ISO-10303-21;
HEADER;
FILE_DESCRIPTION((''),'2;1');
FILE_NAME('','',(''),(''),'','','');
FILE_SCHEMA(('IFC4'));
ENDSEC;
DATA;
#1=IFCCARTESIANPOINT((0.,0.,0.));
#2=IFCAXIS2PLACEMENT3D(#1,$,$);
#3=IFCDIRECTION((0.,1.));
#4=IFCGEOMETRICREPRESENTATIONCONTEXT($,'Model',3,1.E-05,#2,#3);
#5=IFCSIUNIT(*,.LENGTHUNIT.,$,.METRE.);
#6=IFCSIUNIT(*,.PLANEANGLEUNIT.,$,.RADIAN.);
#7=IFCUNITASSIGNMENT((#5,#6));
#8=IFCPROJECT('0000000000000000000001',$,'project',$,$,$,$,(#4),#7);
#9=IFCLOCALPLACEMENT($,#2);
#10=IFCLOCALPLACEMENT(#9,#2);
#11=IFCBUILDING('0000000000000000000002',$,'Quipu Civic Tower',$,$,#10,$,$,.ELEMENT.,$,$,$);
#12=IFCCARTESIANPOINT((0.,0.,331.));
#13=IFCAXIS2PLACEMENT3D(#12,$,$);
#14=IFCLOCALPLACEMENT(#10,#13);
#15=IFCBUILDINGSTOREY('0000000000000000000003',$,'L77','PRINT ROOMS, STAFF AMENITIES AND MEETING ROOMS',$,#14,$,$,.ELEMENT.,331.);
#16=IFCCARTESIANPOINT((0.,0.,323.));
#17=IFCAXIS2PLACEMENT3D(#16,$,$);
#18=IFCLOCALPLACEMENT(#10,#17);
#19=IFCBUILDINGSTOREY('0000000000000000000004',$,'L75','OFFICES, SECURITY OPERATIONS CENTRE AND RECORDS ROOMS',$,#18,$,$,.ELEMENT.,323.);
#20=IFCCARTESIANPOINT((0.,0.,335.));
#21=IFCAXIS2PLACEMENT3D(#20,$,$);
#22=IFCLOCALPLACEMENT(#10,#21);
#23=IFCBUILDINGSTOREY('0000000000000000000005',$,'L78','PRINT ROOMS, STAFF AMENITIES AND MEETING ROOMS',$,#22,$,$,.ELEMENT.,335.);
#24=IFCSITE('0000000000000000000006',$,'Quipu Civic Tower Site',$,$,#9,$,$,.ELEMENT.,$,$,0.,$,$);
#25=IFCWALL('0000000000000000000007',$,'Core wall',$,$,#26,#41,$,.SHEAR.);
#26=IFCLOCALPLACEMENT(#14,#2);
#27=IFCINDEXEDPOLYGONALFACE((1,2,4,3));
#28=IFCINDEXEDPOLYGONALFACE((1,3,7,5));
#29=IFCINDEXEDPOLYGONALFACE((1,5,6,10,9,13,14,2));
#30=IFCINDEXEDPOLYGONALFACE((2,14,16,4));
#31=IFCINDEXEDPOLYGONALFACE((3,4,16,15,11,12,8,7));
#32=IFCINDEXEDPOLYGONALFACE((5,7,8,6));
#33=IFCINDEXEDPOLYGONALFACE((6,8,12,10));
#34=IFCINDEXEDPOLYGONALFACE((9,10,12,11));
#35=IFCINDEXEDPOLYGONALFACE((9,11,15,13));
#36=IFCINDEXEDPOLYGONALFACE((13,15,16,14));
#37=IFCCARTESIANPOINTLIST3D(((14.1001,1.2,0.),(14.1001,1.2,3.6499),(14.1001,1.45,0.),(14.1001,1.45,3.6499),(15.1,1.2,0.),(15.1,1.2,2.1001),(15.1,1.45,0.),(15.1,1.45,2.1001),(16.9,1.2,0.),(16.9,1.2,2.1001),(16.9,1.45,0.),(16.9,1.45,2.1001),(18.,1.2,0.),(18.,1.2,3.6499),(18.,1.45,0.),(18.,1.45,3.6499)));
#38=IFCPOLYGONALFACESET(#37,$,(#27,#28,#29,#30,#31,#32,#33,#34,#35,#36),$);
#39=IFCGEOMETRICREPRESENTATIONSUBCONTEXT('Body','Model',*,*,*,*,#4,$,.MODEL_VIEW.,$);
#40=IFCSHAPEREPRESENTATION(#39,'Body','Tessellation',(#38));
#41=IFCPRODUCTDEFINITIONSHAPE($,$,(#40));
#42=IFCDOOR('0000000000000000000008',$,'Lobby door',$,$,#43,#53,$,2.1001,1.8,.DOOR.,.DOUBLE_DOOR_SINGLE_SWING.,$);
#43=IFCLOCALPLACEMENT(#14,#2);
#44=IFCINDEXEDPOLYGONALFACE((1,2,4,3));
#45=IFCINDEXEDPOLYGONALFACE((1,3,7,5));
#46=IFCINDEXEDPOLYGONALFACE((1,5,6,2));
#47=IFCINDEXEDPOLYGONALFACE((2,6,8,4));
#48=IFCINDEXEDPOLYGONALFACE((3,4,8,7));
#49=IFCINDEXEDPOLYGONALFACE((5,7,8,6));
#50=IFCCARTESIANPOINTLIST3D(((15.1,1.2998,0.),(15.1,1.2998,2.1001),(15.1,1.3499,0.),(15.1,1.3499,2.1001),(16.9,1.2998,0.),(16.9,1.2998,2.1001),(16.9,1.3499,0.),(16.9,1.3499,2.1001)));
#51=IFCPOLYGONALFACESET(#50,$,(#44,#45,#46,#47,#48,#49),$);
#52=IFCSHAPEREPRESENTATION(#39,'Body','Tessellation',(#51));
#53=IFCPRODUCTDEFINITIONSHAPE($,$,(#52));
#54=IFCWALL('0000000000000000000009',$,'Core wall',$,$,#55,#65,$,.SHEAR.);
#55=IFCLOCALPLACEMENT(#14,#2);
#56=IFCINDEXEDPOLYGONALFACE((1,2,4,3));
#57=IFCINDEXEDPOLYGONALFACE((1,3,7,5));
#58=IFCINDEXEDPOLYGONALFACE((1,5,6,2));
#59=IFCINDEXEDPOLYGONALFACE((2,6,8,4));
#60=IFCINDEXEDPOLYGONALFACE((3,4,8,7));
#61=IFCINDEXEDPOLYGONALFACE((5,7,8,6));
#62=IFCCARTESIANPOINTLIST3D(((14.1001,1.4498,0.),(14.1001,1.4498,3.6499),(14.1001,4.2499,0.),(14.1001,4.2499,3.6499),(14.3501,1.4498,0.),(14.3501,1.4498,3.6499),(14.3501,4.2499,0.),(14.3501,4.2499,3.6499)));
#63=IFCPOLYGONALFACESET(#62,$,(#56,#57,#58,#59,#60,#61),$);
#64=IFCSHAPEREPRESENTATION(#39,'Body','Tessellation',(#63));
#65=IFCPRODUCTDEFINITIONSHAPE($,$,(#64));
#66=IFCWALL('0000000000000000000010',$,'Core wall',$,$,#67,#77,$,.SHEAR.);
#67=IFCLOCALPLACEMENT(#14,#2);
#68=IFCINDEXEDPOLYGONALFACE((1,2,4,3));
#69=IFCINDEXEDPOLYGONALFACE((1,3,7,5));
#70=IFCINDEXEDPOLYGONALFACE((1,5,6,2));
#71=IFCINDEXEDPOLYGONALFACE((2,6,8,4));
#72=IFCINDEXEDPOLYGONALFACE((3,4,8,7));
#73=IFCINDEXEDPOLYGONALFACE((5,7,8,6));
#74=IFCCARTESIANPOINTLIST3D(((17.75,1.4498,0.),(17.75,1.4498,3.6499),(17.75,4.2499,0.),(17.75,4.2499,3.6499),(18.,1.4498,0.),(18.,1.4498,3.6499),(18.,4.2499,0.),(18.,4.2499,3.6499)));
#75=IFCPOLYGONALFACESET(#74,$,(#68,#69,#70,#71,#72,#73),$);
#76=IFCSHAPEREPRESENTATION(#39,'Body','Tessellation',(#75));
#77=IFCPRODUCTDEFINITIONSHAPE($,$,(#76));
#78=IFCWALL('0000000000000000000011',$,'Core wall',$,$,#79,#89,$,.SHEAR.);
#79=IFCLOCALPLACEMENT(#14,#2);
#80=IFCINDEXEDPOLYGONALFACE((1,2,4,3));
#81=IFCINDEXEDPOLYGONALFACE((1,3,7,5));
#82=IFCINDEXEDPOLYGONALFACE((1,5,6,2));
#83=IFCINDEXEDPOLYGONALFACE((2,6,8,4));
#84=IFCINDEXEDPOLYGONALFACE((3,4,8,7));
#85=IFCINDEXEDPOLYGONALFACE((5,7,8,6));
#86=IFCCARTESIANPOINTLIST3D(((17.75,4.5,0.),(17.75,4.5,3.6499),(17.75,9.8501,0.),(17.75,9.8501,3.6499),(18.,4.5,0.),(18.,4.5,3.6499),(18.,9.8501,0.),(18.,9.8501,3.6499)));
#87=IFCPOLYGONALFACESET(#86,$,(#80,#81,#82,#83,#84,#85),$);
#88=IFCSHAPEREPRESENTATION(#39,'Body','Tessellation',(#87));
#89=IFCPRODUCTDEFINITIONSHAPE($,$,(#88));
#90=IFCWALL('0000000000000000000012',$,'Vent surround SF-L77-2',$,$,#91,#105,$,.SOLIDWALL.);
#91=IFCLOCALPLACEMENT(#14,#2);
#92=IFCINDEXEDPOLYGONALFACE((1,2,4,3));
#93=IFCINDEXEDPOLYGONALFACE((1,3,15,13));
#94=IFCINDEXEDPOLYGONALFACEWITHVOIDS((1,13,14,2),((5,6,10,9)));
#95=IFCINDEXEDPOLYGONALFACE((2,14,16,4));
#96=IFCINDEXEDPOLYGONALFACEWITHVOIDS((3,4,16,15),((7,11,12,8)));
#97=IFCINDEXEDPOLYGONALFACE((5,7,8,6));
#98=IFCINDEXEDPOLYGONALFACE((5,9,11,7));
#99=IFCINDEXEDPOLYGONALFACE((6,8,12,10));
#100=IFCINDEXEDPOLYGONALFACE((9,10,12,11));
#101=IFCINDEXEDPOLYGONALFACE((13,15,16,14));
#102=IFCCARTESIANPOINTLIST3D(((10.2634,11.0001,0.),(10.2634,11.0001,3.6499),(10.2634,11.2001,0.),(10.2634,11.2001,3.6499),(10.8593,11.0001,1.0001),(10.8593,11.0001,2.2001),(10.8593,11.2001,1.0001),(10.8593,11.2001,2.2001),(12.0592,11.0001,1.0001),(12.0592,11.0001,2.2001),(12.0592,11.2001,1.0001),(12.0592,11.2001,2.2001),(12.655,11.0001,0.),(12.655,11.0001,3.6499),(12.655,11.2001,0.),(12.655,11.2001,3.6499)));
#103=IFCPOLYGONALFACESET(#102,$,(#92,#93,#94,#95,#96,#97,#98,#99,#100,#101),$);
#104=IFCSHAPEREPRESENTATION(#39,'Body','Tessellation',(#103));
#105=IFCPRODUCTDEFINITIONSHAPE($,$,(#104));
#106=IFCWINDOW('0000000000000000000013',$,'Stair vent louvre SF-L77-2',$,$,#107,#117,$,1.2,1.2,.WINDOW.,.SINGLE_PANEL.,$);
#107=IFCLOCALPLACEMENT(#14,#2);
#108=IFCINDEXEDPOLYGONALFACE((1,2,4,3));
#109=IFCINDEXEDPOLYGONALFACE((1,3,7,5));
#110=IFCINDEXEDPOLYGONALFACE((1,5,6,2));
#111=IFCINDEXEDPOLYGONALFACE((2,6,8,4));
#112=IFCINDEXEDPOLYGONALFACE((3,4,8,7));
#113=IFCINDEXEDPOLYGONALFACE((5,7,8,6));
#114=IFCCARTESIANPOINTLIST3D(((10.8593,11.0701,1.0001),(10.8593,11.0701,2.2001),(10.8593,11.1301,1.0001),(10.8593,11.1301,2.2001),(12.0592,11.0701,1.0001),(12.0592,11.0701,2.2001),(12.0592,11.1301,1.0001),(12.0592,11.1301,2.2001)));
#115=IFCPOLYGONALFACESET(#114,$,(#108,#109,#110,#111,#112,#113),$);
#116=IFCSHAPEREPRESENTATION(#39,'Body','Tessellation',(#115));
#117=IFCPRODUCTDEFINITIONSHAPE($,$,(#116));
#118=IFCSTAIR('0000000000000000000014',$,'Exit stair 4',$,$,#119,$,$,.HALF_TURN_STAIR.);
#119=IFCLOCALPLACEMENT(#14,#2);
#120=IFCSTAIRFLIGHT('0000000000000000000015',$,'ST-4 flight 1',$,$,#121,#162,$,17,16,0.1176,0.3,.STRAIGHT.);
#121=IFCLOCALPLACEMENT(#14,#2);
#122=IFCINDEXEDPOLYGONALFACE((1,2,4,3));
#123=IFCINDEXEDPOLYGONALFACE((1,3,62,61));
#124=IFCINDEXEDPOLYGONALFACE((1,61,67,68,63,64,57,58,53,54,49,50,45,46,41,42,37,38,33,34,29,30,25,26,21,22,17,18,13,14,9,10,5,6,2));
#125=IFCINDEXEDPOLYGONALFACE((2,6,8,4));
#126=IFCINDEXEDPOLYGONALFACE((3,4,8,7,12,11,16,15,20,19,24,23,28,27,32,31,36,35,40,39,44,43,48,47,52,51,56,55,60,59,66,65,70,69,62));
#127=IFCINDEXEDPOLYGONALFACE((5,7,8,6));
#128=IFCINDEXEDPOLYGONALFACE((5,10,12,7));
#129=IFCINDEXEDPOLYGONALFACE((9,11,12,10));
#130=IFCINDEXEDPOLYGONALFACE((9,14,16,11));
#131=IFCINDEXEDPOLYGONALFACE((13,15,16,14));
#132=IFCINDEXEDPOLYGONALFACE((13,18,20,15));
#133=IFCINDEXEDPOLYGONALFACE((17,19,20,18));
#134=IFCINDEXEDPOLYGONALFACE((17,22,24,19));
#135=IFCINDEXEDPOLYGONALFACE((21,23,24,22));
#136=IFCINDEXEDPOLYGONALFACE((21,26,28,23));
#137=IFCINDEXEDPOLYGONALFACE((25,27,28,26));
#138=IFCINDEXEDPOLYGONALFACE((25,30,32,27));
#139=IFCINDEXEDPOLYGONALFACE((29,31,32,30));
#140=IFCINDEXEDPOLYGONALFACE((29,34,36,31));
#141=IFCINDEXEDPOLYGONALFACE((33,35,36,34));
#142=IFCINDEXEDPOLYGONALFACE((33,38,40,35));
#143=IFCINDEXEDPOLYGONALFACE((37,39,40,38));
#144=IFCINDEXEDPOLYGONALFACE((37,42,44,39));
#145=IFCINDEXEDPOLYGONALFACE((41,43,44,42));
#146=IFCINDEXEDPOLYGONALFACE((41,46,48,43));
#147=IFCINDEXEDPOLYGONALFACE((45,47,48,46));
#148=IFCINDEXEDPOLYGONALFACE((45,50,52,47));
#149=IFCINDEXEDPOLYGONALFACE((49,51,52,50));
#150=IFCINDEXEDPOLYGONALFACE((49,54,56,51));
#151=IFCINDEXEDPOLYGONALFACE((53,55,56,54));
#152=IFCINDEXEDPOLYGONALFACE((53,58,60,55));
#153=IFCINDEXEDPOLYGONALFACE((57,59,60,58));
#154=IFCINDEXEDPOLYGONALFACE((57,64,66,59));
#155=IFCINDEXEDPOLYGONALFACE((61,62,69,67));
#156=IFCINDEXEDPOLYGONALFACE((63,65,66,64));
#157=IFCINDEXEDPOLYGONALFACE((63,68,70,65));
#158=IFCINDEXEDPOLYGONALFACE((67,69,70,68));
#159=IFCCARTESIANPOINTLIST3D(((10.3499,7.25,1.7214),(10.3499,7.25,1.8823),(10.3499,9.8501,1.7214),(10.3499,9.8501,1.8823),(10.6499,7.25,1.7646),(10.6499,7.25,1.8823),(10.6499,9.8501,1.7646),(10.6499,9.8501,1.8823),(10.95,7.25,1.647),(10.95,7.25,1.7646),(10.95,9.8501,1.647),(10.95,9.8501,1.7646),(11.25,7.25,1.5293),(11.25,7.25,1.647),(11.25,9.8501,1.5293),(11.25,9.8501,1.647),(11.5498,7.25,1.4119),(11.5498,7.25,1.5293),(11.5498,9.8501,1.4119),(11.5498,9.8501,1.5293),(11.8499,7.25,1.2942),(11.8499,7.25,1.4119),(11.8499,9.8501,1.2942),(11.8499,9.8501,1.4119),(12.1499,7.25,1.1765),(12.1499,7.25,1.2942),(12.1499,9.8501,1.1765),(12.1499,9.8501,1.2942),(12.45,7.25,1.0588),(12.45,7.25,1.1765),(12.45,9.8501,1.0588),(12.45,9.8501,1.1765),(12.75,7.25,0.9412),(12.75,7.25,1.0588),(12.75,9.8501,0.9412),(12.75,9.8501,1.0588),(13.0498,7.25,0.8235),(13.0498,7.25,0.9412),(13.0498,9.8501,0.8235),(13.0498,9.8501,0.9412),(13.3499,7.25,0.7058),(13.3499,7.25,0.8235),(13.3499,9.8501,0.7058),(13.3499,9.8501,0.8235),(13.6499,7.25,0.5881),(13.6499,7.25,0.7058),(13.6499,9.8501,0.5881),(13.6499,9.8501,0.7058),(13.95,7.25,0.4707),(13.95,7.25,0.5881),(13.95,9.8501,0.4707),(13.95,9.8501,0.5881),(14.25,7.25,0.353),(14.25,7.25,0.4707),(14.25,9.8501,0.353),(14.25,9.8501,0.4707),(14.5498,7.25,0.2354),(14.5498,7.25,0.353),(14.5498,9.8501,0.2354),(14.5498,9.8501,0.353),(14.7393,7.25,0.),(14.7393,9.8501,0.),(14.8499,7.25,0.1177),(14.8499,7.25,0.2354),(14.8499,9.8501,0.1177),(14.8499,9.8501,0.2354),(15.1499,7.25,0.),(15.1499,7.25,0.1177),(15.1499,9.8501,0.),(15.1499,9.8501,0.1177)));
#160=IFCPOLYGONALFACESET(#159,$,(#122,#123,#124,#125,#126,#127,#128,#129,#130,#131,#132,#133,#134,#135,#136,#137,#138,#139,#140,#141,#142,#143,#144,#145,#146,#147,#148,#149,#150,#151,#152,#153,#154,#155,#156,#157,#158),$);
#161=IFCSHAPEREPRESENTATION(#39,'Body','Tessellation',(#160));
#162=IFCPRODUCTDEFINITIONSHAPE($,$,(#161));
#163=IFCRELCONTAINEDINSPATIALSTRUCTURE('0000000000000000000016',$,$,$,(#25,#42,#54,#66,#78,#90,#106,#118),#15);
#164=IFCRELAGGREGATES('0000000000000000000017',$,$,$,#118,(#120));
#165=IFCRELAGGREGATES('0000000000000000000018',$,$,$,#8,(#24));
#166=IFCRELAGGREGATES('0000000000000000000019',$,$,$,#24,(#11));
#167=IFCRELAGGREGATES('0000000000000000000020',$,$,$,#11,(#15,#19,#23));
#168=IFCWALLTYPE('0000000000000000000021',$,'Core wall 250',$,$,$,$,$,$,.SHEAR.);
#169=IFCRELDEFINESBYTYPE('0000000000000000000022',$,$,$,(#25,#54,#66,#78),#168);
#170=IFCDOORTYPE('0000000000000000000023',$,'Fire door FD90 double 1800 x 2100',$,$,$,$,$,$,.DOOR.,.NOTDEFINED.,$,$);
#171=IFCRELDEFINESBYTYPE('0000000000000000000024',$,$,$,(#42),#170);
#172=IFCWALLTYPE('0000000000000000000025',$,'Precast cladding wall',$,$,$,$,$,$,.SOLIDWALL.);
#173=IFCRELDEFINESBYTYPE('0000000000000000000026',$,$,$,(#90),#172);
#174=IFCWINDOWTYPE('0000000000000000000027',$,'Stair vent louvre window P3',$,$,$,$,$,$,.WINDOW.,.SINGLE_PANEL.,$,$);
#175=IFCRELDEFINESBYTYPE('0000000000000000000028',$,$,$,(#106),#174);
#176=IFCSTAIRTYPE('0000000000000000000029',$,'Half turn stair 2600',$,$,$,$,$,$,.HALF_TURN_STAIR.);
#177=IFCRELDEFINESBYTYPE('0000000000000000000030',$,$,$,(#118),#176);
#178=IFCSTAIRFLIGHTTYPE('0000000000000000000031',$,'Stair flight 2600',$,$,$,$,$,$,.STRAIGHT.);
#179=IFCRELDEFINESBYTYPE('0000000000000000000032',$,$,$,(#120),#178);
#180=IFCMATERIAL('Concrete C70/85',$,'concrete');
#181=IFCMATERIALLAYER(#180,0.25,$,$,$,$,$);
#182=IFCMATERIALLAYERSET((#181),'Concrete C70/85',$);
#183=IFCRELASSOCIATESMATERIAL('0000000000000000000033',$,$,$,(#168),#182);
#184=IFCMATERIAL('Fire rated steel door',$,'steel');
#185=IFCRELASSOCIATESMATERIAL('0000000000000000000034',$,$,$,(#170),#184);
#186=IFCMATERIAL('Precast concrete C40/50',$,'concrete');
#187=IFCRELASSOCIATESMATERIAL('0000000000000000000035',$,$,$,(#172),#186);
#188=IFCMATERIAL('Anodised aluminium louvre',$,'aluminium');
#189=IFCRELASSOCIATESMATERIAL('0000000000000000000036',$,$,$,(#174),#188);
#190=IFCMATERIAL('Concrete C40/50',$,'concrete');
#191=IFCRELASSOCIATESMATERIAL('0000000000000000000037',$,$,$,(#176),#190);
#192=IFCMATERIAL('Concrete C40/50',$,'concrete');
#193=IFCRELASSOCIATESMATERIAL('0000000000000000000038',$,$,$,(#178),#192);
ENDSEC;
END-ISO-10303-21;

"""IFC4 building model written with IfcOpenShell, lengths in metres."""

from ifc_helpers import new_model, si_unit, direction, frame, frame_2d, origin, place, context, subcontext, project, spatial, polyline, rectangle, outline, extrude, material, layer, layer_set, type_object, element, fill, aggregate, save


model = new_model("IFC4")

# Units and contexts
model_context = context("Model", 3, precision=1e-05, world=origin(), true_north=direction((0.0, 1.0)))
body_context = subcontext(model_context, "Body", "Model", "MODEL_VIEW")
ifc_project = project(units=[si_unit("LENGTHUNIT", "METRE"), si_unit("PLANEANGLEUNIT", "RADIAN")], contexts=[model_context])

# Site, building, storey
site_placement = place(None, origin())
site = spatial("IfcSite", under=ifc_project, at=site_placement, Name="Quipu Civic Tower Site", CompositionType="ELEMENT", RefElevation=0.0)
building_placement = place(site_placement, origin())
building = spatial("IfcBuilding", under=site, at=building_placement, Name="Quipu Civic Tower", CompositionType="ELEMENT")
storey_1_placement = place(building_placement, frame((0.0, 0.0, 331.0)))
storey_1 = spatial("IfcBuildingStorey", under=building, at=storey_1_placement, Name="L77", Description="PRINT ROOMS, STAFF AMENITIES AND MEETING ROOMS", CompositionType="ELEMENT", Elevation=331.0)

# Shared definitions
storey_2_placement = place(building_placement, frame((0.0, 0.0, 323.0)))
storey_2 = spatial("IfcBuildingStorey", under=building, at=storey_2_placement, Name="L75", Description="OFFICES, SECURITY OPERATIONS CENTRE AND RECORDS ROOMS", CompositionType="ELEMENT", Elevation=323.0)

# Shared definitions
storey_3_placement = place(building_placement, frame((0.0, 0.0, 335.0)))
storey_3 = spatial("IfcBuildingStorey", under=building, at=storey_3_placement, Name="L78", Description="PRINT ROOMS, STAFF AMENITIES AND MEETING ROOMS", CompositionType="ELEMENT", Elevation=335.0)

# Wall, opening, door
ifc_material_1 = material(Name="Concrete C70/85", Category="concrete")
ifc_layer_1 = layer(ifc_material_1, 0.25)
ifc_layer_set_1 = layer_set([ifc_layer_1], Name="Concrete C70/85")
wall_type_1 = type_object("IfcWallType", Name="Core wall 250", PredefinedType="SHEAR", material=ifc_layer_set_1)
wall_1_placement = place(storey_1_placement, frame((14.1001, 1.325, 0.0), z_axis=(0.0, 0.0, 1.0), x_axis=(1.0, 0.0, 0.0)))
wall_1 = element("IfcWall", 1, at=wall_1_placement, inside=storey_1, type_object=wall_type_1, Name="Core wall", PredefinedType="SHEAR", context=body_context, shape_type="SweptSolid", body=[
    extrude(rectangle(XDim=3.8999, YDim=0.25, at=frame_2d((1.95, 0.0))), origin(), (0.0, 0.0, 1.0), 3.6499),
])
opening_1_placement = place(wall_1_placement, frame((1.0, 0.0, 0.0)))
opening_1 = element("IfcOpeningElement", 2, at=opening_1_placement, cuts=wall_1, PredefinedType="OPENING", context=body_context, shape_type="SweptSolid", body=[
    extrude(rectangle(XDim=1.8, YDim=2.1001, at=frame_2d((0.8999, 1.05))), frame((0.0, 0.135, 0.0), z_axis=(0.0, -1.0, 0.0), x_axis=(1.0, 0.0, 0.0)), (0.0, 0.0, 1.0), 0.27),
])
ifc_material_2 = material(Name="Fire rated steel door", Category="steel")
door_type = type_object("IfcDoorType", Name="Fire door FD90 double 1800 x 2100", OperationType="NOTDEFINED", PredefinedType="DOOR", material=ifc_material_2)
door_placement = place(opening_1_placement, origin())
door = element("IfcDoor", 3, at=door_placement, inside=storey_1, type_object=door_type, Name="Lobby door", OperationType="DOUBLE_DOOR_SINGLE_SWING", OverallHeight=2.1001, OverallWidth=1.8, PredefinedType="DOOR", context=body_context, shape_type="SweptSolid", body=[
    extrude(rectangle(XDim=1.8, YDim=2.1001, at=frame_2d((0.8999, 1.05))), frame((0.0, 0.0249, 0.0), z_axis=(0.0, -1.0, 0.0), x_axis=(1.0, 0.0, 0.0)), (0.0, 0.0, 1.0), 0.05),
])
fill(opening_1, door)

# Walls
for number, where, z_axis, x_axis, name in (
    (4, (14.2251, 1.45, 0.0), (0.0, 0.0, 1.0), (0.0, 1.0, 0.0), "Core wall"),
    (5, (17.875, 1.45, 0.0), (0.0, 0.0, 1.0), (0.0, 1.0, 0.0), "Core wall"),
):
    element("IfcWall", number, at=place(storey_1_placement, frame(where, z_axis=z_axis, x_axis=x_axis)), inside=storey_1, type_object=wall_type_1, Name=name, PredefinedType="SHEAR", context=body_context, shape_type="SweptSolid", body=[
        extrude(rectangle(XDim=2.8, YDim=0.25, at=frame_2d((1.3999, 0.0))), origin(), (0.0, 0.0, 1.0), 3.6499),
    ])
wall_2_placement = place(storey_1_placement, frame((17.875, 4.5, 0.0), z_axis=(0.0, 0.0, 1.0), x_axis=(0.0, 1.0, 0.0)))
element("IfcWall", 6, at=wall_2_placement, inside=storey_1, type_object=wall_type_1, Name="Core wall", PredefinedType="SHEAR", context=body_context, shape_type="SweptSolid", body=[
    extrude(rectangle(XDim=5.3501, YDim=0.25, at=frame_2d((2.675, 0.0))), origin(), (0.0, 0.0, 1.0), 3.6499),
])

# Wall, opening, window
ifc_material_3 = material(Name="Precast concrete C40/50", Category="concrete")
wall_type_2 = type_object("IfcWallType", Name="Precast cladding wall", PredefinedType="SOLIDWALL", material=ifc_material_3)
wall_3_placement = place(storey_1_placement, frame((12.655, 11.1001, 0.0), z_axis=(0.0, 0.0, 1.0), x_axis=(-1.0, 0.0, 0.0)))
wall_3 = element("IfcWall", 7, at=wall_3_placement, inside=storey_1, type_object=wall_type_2, Name="Vent surround SF-L77-2", PredefinedType="SOLIDWALL", context=body_context, shape_type="SweptSolid", body=[
    extrude(rectangle(XDim=2.3916, YDim=0.2, at=frame_2d((1.1958, 0.0))), origin(), (0.0, 0.0, 1.0), 3.6499),
])
opening_2_placement = place(wall_3_placement, frame((0.5957, 0.0, 1.0)))
opening_2 = element("IfcOpeningElement", 8, at=opening_2_placement, cuts=wall_3, PredefinedType="OPENING", context=body_context, shape_type="SweptSolid", body=[
    extrude(rectangle(XDim=1.2, YDim=1.2, at=frame_2d((0.6001, 0.6001))), frame((0.0, 0.1099, 0.0), z_axis=(0.0, -1.0, 0.0), x_axis=(1.0, 0.0, 0.0)), (0.0, 0.0, 1.0), 0.22),
])
ifc_material_4 = material(Name="Anodised aluminium louvre", Category="aluminium")
window_type = type_object("IfcWindowType", Name="Stair vent louvre window P3", PartitioningType="SINGLE_PANEL", PredefinedType="WINDOW", material=ifc_material_4)
window_placement = place(opening_2_placement, origin())
window = element("IfcWindow", 9, at=window_placement, inside=storey_1, type_object=window_type, Name="Stair vent louvre SF-L77-2", OverallHeight=1.2, OverallWidth=1.2, PartitioningType="SINGLE_PANEL", PredefinedType="WINDOW", context=body_context, shape_type="SweptSolid", body=[
    extrude(rectangle(XDim=1.2, YDim=1.2, at=frame_2d((0.6001, 0.6001))), frame((0.0, 0.03, 0.0), z_axis=(0.0, -1.0, 0.0), x_axis=(1.0, 0.0, 0.0)), (0.0, 0.0, 1.0), 0.0601),
])
fill(opening_2, window)

# Stair, stair flight
ifc_material_5 = material(Name="Concrete C40/50", Category="concrete")
stair_type = type_object("IfcStairType", Name="Half turn stair 2600", PredefinedType="HALF_TURN_STAIR", material=ifc_material_5)
stair_placement = place(storey_1_placement, origin())
stair = element("IfcStair", 10, at=stair_placement, inside=storey_1, type_object=stair_type, Name="Exit stair 4", PredefinedType="HALF_TURN_STAIR")
ifc_material_6 = material(Name="Concrete C40/50", Category="concrete")
stair_flight_type = type_object("IfcStairFlightType", Name="Stair flight 2600", PredefinedType="STRAIGHT", material=ifc_material_6)
stair_flight_1_placement = place(storey_1_placement, frame((15.1499, 8.55, 0.0), z_axis=(0.0, 0.0, 1.0), x_axis=(-1.0, 0.0, 0.0)))
stair_flight_1 = element("IfcStairFlight", 11, at=stair_flight_1_placement, type_object=stair_flight_type, Name="ST-4 flight 1", NumberOfRisers=17, NumberOfTreads=16, PredefinedType="STRAIGHT", RiserHeight=0.1176, TreadLength=0.3, context=body_context, shape_type="SweptSolid", body=[
    extrude(outline(polyline([(0.0, 0.0), (0.0, 0.1177), (0.3, 0.1177), (0.3, 0.2354), (0.6001, 0.2354), (0.6001, 0.353), (0.8999, 0.353), (0.8999, 0.4707), (1.2, 0.4707), (1.2, 0.5881), (1.5, 0.5881), (1.5, 0.7058), (1.8, 0.7058), (1.8, 0.8235), (2.1001, 0.8235), (2.1001, 0.9412), (2.3999, 0.9412), (2.3999, 1.0588), (2.7, 1.0588), (2.7, 1.1765), (3.0, 1.1765), (3.0, 1.2942), (3.3, 1.2942), (3.3, 1.4119), (3.6001, 1.4119), (3.6001, 1.5293), (3.8999, 1.5293), (3.8999, 1.647), (4.2, 1.647), (4.2, 1.7646), (4.5, 1.7646), (4.5, 1.8823), (4.8, 1.8823), (4.8, 2.0), (4.8, 1.7214), (0.4106, 0.0), (0.0, 0.0)])), frame((0.0, 1.3, 0.0), z_axis=(0.0, -1.0, 0.0), x_axis=(1.0, 0.0, 0.0)), (0.0, 0.0, 1.0), 2.6001),
])
aggregate(stair, [stair_flight_1])

save(model, "model.ifc")
